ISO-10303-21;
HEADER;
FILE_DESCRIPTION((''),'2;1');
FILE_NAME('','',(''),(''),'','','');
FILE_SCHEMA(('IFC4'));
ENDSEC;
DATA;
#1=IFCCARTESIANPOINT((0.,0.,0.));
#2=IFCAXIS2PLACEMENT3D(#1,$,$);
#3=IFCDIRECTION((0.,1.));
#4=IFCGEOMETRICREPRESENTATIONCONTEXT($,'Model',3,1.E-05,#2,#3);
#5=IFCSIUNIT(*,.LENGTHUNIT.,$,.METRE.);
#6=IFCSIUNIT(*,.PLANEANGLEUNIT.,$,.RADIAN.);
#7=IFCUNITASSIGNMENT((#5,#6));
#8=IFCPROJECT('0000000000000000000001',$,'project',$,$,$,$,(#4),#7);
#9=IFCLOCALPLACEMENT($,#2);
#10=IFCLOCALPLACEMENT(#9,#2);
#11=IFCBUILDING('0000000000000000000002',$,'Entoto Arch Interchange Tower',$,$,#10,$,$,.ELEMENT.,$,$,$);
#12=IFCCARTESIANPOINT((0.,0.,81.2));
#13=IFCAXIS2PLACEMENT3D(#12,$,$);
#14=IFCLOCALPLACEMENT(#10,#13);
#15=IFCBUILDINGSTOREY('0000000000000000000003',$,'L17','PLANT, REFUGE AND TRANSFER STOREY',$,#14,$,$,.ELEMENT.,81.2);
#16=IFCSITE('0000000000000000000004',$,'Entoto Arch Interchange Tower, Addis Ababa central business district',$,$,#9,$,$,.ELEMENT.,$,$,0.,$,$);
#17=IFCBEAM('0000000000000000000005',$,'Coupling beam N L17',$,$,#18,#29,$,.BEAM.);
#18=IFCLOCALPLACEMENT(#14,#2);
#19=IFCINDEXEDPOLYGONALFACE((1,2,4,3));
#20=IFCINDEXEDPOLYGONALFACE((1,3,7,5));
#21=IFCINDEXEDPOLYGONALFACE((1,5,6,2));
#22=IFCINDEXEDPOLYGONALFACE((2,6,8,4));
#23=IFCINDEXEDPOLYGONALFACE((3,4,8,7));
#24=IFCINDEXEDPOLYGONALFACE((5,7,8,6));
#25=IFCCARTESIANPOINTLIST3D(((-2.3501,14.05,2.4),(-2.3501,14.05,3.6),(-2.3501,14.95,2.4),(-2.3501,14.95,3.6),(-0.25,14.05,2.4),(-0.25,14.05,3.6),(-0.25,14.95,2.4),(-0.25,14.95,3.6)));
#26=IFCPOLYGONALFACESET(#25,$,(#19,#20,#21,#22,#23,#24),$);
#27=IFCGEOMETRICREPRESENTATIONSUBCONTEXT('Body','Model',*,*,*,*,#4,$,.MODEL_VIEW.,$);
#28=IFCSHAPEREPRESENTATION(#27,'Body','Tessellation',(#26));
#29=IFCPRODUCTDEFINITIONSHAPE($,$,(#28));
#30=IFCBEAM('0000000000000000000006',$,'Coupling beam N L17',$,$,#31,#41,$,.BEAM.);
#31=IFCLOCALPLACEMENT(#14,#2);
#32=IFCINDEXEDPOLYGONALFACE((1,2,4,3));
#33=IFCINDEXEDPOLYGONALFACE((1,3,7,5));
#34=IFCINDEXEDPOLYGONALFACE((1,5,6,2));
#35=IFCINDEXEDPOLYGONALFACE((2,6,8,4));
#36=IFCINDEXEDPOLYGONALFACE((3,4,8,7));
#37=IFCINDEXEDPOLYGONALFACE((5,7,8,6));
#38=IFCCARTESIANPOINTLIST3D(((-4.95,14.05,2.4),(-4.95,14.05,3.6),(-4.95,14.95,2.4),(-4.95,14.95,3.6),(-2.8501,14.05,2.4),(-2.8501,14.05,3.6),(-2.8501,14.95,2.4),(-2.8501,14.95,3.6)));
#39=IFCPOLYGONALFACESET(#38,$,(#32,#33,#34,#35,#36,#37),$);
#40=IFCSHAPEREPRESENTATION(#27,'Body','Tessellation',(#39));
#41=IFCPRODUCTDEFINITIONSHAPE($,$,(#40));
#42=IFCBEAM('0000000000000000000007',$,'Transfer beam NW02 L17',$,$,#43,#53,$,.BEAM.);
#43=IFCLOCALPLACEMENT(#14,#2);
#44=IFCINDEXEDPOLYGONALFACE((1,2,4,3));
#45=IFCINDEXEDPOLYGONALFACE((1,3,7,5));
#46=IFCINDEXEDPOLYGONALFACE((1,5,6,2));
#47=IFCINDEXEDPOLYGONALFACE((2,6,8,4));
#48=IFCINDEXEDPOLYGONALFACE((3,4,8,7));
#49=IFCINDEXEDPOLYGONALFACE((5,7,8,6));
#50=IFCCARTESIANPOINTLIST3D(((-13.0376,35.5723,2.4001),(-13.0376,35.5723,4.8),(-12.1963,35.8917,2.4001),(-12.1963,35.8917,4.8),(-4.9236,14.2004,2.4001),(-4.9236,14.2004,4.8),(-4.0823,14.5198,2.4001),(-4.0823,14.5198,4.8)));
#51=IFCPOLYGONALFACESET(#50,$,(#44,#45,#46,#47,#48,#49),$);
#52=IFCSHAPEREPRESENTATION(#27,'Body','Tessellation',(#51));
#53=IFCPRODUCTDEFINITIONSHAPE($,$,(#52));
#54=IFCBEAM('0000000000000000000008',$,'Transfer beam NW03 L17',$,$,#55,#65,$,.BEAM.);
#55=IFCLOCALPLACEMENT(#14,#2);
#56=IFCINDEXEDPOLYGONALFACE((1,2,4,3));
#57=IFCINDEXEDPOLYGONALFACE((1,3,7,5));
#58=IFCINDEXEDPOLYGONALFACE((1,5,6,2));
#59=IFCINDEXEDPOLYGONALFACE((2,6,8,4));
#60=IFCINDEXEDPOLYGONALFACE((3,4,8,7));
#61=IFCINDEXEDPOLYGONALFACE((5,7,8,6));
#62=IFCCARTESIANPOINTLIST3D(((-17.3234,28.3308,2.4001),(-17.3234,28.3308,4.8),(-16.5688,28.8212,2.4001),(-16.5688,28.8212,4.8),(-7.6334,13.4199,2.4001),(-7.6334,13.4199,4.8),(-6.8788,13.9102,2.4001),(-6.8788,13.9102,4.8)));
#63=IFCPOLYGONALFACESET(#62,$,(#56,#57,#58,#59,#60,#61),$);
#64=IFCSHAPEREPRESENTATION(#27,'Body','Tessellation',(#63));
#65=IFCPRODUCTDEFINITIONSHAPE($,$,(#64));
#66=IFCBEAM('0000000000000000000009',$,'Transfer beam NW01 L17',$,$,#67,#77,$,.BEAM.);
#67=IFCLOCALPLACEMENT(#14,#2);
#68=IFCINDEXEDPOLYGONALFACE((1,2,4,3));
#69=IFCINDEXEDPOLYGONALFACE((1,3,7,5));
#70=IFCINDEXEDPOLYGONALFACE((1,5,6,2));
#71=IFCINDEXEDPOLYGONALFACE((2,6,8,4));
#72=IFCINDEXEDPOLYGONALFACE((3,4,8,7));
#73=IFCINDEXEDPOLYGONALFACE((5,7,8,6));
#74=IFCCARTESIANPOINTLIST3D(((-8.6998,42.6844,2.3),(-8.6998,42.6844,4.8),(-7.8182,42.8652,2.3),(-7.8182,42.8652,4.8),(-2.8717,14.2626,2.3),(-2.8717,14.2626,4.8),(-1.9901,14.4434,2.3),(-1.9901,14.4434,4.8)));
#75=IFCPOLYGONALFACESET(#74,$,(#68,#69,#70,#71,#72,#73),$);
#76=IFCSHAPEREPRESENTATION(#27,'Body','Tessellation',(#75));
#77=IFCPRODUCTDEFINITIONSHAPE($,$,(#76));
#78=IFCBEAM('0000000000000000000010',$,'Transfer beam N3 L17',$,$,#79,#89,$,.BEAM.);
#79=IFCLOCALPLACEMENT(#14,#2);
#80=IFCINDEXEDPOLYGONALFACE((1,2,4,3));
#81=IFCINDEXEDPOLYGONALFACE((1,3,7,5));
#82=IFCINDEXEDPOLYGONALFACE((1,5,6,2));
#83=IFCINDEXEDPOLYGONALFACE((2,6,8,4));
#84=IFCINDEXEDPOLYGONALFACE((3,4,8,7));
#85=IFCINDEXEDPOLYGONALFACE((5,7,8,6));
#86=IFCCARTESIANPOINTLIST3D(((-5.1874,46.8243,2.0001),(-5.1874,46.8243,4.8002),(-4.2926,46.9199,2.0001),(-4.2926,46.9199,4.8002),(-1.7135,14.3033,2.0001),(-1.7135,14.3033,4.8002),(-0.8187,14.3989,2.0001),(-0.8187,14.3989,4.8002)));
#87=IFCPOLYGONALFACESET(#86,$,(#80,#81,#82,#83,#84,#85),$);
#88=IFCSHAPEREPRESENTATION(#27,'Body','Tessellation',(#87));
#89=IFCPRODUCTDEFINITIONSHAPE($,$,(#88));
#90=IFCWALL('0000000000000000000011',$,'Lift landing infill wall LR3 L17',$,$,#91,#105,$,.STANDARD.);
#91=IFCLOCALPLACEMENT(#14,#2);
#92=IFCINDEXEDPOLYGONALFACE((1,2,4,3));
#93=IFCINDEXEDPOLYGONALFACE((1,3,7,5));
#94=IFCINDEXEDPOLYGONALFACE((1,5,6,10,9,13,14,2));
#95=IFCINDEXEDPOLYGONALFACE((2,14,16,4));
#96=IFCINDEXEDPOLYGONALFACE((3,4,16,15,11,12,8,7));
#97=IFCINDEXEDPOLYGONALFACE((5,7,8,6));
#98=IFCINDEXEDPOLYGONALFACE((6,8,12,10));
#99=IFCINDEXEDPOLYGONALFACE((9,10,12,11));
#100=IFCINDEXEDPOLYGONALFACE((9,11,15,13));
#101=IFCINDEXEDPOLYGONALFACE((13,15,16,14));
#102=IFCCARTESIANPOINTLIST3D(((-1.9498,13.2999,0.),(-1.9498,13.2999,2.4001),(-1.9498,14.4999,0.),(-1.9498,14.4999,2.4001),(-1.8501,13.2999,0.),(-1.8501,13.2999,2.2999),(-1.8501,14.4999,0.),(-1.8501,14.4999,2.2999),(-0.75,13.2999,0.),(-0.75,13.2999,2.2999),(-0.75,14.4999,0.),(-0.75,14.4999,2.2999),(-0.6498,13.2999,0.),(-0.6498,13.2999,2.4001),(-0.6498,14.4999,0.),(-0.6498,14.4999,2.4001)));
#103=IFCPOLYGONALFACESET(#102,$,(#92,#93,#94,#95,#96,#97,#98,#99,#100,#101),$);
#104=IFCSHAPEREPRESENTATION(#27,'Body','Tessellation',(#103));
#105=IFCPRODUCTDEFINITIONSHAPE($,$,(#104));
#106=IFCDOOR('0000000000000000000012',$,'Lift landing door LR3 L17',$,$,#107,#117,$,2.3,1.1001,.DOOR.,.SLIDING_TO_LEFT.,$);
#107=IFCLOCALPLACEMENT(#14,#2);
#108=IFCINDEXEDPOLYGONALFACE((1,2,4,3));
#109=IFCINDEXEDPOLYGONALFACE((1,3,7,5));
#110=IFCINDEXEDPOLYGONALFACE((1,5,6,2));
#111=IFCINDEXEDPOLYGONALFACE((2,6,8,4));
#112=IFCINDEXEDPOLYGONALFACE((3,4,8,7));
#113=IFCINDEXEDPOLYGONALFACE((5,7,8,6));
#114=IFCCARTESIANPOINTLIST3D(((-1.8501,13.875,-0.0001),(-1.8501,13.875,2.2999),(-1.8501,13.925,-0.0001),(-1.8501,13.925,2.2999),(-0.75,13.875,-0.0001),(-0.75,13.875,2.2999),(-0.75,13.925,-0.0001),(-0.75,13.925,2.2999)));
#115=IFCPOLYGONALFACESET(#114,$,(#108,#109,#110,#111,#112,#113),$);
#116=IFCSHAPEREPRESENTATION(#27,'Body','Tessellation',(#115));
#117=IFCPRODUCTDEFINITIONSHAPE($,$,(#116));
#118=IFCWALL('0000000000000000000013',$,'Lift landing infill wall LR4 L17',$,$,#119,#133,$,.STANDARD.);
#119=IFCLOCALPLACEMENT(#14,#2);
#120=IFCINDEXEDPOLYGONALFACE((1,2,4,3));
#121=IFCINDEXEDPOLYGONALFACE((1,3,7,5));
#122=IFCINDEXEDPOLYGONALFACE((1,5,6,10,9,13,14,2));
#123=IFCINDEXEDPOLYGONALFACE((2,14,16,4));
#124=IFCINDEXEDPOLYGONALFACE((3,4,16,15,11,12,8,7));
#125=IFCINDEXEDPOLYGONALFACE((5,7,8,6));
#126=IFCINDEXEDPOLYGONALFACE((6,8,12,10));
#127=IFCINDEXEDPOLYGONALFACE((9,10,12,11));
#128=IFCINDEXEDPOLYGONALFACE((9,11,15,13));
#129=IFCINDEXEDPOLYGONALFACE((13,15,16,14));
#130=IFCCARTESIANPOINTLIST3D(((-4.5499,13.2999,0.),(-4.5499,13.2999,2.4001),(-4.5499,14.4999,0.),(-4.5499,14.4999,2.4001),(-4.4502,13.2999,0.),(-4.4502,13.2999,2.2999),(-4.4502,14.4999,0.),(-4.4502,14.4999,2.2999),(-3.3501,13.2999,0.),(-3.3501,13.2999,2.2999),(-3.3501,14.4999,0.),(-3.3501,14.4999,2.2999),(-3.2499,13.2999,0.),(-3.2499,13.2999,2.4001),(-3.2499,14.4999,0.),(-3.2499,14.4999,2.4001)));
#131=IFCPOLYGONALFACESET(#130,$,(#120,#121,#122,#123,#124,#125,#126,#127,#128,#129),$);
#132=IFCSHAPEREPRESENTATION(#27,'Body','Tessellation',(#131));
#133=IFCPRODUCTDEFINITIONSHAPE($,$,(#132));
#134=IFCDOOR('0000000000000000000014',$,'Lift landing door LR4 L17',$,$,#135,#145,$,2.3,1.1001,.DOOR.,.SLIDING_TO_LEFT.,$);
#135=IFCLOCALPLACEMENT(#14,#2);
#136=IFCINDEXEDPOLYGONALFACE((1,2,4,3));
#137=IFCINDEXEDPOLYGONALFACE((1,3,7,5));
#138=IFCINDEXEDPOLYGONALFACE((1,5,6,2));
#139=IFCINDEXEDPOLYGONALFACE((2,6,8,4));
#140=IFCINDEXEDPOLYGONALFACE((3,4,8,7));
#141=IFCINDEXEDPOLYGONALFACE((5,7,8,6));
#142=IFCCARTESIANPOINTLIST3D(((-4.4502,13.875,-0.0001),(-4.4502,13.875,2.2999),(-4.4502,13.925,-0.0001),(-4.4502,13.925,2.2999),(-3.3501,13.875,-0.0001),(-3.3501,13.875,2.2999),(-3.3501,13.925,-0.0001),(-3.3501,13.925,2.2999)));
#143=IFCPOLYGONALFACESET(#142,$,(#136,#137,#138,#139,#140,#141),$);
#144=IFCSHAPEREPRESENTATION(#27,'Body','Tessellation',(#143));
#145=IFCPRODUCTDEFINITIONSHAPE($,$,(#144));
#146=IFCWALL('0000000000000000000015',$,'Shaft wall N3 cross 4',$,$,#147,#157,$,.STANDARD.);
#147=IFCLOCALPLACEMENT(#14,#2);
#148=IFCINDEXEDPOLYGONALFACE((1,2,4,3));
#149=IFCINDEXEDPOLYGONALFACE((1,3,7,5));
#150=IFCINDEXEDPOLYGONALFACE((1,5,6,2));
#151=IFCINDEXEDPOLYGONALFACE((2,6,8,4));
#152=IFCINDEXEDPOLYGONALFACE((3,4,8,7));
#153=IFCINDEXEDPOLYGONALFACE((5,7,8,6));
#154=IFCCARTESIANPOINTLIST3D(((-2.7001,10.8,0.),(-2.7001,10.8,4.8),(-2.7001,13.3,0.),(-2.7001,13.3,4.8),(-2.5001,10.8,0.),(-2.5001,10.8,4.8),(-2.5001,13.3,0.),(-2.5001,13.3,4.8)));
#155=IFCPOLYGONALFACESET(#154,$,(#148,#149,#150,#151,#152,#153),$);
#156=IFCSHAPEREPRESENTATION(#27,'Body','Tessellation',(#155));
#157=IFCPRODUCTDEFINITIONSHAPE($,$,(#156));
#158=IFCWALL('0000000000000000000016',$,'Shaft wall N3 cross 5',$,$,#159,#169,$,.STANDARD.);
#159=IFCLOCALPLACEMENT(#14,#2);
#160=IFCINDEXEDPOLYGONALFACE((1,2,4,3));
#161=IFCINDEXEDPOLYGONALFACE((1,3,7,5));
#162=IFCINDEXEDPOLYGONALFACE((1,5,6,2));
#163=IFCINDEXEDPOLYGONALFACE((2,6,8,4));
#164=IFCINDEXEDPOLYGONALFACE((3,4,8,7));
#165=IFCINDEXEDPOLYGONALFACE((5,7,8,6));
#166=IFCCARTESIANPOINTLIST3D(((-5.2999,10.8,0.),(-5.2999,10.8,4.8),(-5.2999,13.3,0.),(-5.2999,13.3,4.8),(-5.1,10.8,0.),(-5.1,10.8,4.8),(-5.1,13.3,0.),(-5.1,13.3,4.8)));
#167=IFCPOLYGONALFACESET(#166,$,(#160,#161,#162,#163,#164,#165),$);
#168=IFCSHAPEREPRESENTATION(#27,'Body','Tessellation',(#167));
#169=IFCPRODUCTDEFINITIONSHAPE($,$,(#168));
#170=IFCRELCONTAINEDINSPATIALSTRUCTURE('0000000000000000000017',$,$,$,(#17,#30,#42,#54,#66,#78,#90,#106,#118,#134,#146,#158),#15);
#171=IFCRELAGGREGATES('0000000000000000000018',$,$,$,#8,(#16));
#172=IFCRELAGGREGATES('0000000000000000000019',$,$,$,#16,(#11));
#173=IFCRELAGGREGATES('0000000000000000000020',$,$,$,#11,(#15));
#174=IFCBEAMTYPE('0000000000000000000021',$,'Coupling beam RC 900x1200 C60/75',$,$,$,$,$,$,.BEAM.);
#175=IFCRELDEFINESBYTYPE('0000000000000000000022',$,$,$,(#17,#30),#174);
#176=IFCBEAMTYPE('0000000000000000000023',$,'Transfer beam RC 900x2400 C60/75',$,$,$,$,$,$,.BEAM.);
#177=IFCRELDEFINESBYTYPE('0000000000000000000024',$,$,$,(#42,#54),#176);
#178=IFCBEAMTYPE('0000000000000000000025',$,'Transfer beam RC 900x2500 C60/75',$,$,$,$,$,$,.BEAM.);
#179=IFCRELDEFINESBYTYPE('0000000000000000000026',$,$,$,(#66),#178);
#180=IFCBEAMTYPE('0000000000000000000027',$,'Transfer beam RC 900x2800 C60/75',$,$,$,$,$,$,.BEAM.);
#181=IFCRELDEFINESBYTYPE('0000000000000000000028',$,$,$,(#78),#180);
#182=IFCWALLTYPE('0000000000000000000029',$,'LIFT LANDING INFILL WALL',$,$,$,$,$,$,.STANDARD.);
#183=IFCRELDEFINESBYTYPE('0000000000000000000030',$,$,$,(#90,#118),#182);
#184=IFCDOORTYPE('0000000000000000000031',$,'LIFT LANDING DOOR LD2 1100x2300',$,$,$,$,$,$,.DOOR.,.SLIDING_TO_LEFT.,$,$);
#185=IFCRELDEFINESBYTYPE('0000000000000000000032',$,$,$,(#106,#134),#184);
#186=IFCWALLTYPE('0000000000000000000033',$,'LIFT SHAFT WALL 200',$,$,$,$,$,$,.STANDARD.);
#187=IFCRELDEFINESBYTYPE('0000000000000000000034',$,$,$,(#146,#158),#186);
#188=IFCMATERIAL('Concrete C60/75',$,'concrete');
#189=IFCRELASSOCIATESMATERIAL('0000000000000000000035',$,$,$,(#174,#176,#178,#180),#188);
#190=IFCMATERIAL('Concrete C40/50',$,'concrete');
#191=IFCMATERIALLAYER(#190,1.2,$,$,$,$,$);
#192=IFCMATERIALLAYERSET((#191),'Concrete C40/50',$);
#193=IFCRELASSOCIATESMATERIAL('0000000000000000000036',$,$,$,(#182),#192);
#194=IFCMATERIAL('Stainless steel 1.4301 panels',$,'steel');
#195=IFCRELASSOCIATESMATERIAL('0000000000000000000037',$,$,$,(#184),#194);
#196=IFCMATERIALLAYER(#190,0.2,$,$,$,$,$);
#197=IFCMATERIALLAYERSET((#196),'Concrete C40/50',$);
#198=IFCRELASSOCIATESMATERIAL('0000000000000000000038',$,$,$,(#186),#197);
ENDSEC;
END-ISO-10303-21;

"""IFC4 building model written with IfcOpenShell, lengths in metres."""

from ifc_helpers import new_model, si_unit, direction, frame, frame_2d, origin, origin_2d, place, context, subcontext, project, spatial, rectangle, extrude, material, layer, layer_set, material_profile, profile_set, type_object, element, fill, save


model = new_model("IFC4")

# Units and contexts
model_context = context("Model", 3, precision=1e-05, world=origin(), true_north=direction((0.0, 1.0)))
body_context = subcontext(model_context, "Body", "Model", "MODEL_VIEW")
ifc_project = project(units=[si_unit("LENGTHUNIT", "METRE"), si_unit("PLANEANGLEUNIT", "RADIAN")], contexts=[model_context])

# Site, building, storey
site_placement = place(None, origin())
site = spatial("IfcSite", under=ifc_project, at=site_placement, Name="Entoto Arch Interchange Tower, Addis Ababa central business district", CompositionType="ELEMENT", RefElevation=0.0)
building_placement = place(site_placement, origin())
building = spatial("IfcBuilding", under=site, at=building_placement, Name="Entoto Arch Interchange Tower", CompositionType="ELEMENT")
storey_placement = place(building_placement, frame((0.0, 0.0, 81.2)))
storey = spatial("IfcBuildingStorey", under=building, at=storey_placement, Name="L17", Description="PLANT, REFUGE AND TRANSFER STOREY", CompositionType="ELEMENT", Elevation=81.2)

# Beams
ifc_material_1 = material(Name="Concrete C60/75", Category="concrete")
ifc_material_profile_1 = material_profile(ifc_material_1, rectangle(XDim=0.8999, YDim=1.2, at=origin_2d()))
ifc_profile_set_1 = profile_set([ifc_material_profile_1], Name="Concrete C60/75")
beam_type_1 = type_object("IfcBeamType", Name="Coupling beam RC 900x1200 C60/75", PredefinedType="BEAM", material=ifc_profile_set_1)
beam_1_placement = place(storey_placement, frame((-0.25, 14.5, 3.0), z_axis=(-1.0, 0.0, 0.0), x_axis=(0.0, -1.0, 0.0)))
element("IfcBeam", 1, at=beam_1_placement, inside=storey, type_object=beam_type_1, Name="Coupling beam N L17", PredefinedType="BEAM", context=body_context, shape_type="SweptSolid", body=[
    extrude(rectangle(XDim=0.8999, YDim=1.2, at=origin_2d()), origin(), (0.0, 0.0, 1.0), 2.1001),
])
beam_2_placement = place(storey_placement, frame((-2.8501, 14.5, 3.0), z_axis=(-1.0, 0.0, 0.0), x_axis=(0.0, -1.0, 0.0)))
element("IfcBeam", 2, at=beam_2_placement, inside=storey, type_object=beam_type_1, Name="Coupling beam N L17", PredefinedType="BEAM", context=body_context, shape_type="SweptSolid", body=[
    extrude(rectangle(XDim=0.8999, YDim=1.2, at=origin_2d()), origin(), (0.0, 0.0, 1.0), 2.0999),
])
ifc_material_profile_2 = material_profile(ifc_material_1, rectangle(XDim=0.8999, YDim=2.3999, at=origin_2d()))
ifc_profile_set_2 = profile_set([ifc_material_profile_2], Name="Concrete C60/75")
beam_type_2 = type_object("IfcBeamType", Name="Transfer beam RC 900x2400 C60/75", PredefinedType="BEAM", material=ifc_profile_set_2)
beam_3_placement = place(storey_placement, frame((-4.5029, 14.3601, 3.6001), z_axis=(-0.354939, 0.934889, 0.0), x_axis=(-0.934889, -0.354939, 0.0)))
element("IfcBeam", 3, at=beam_3_placement, inside=storey, type_object=beam_type_2, Name="Transfer beam NW02 L17", PredefinedType="BEAM", context=body_context, shape_type="SweptSolid", body=[
    extrude(rectangle(XDim=0.8999, YDim=2.3999, at=origin_2d()), origin(), (0.0, 0.0, 1.0), 22.8604),
])
beam_4_placement = place(storey_placement, frame((-7.2561, 13.665, 3.6001), z_axis=(-0.544904, 0.838499, 0.0), x_axis=(-0.838499, -0.544904, 0.0)))
element("IfcBeam", 4, at=beam_4_placement, inside=storey, type_object=beam_type_2, Name="Transfer beam NW03 L17", PredefinedType="BEAM", context=body_context, shape_type="SweptSolid", body=[
    extrude(rectangle(XDim=0.8999, YDim=2.3999, at=origin_2d()), origin(), (0.0, 0.0, 1.0), 17.783),
])
ifc_material_profile_3 = material_profile(ifc_material_1, rectangle(XDim=0.8999, YDim=2.5, at=origin_2d()))
ifc_profile_set_3 = profile_set([ifc_material_profile_3], Name="Concrete C60/75")
beam_type_3 = type_object("IfcBeamType", Name="Transfer beam RC 900x2500 C60/75", PredefinedType="BEAM", material=ifc_profile_set_3)
beam_5_placement = place(storey_placement, frame((-2.4309, 14.353, 3.55), z_axis=(-0.200878, 0.979616, 0.0), x_axis=(-0.979616, -0.200878, 0.0)))
element("IfcBeam", 5, at=beam_5_placement, inside=storey, type_object=beam_type_3, Name="Transfer beam NW01 L17", PredefinedType="BEAM", context=body_context, shape_type="SweptSolid", body=[
    extrude(rectangle(XDim=0.8999, YDim=2.5, at=origin_2d()), origin(), (0.0, 0.0, 1.0), 29.0132),
])
ifc_material_profile_4 = material_profile(ifc_material_1, rectangle(XDim=0.8999, YDim=2.8, at=origin_2d()))
ifc_profile_set_4 = profile_set([ifc_material_profile_4], Name="Concrete C60/75")
beam_type_4 = type_object("IfcBeamType", Name="Transfer beam RC 900x2800 C60/75", PredefinedType="BEAM", material=ifc_profile_set_4)
beam_6_placement = place(storey_placement, frame((-1.2661, 14.3511, 3.4001), z_axis=(-0.106215, 0.994343, 0.0), x_axis=(-0.994343, -0.106215, 0.0)))
element("IfcBeam", 6, at=beam_6_placement, inside=storey, type_object=beam_type_4, Name="Transfer beam N3 L17", PredefinedType="BEAM", context=body_context, shape_type="SweptSolid", body=[
    extrude(rectangle(XDim=0.8999, YDim=2.8, at=origin_2d()), origin(), (0.0, 0.0, 1.0), 32.7061),
])

# Walls, openings, doors
ifc_material_2 = material(Name="Concrete C40/50", Category="concrete")
ifc_layer_1 = layer(ifc_material_2, 1.2)
ifc_layer_set_1 = layer_set([ifc_layer_1], Name="Concrete C40/50")
wall_type_1 = type_object("IfcWallType", Name="LIFT LANDING INFILL WALL", PredefinedType="STANDARD", material=ifc_layer_set_1)
wall_1_placement = place(storey_placement, frame((-0.6499, 13.8999, 0.0), z_axis=(0.0, 0.0, 1.0), x_axis=(-1.0, 0.0, 0.0)))
wall_1 = element("IfcWall", 7, at=wall_1_placement, inside=storey, type_object=wall_type_1, Name="Lift landing infill wall LR3 L17", PredefinedType="STANDARD", context=body_context, shape_type="SweptSolid", body=[
    extrude(rectangle(XDim=1.3, YDim=1.2, at=frame_2d((0.6499, 0.0))), origin(), (0.0, 0.0, 1.0), 2.4001),
])
opening_1_placement = place(wall_1_placement, frame((0.1001, 0.0, 0.0)))
opening_1 = element("IfcOpeningElement", 8, at=opening_1_placement, cuts=wall_1, PredefinedType="OPENING", context=body_context, shape_type="SweptSolid", body=[
    extrude(rectangle(XDim=1.1001, YDim=2.3, at=frame_2d((0.55, 1.1499))), frame((0.0, 0.6099, 0.0), z_axis=(0.0, -1.0, 0.0), x_axis=(1.0, 0.0, 0.0)), (0.0, 0.0, 1.0), 1.22),
])
ifc_material_3 = material(Name="Stainless steel 1.4301 panels", Category="steel")
door_type_1 = type_object("IfcDoorType", Name="LIFT LANDING DOOR LD2 1100x2300", OperationType="SLIDING_TO_LEFT", PredefinedType="DOOR", material=ifc_material_3)
door_1_placement = place(opening_1_placement, origin())
door_1 = element("IfcDoor", 9, at=door_1_placement, inside=storey, type_object=door_type_1, Name="Lift landing door LR3 L17", OperationType="SLIDING_TO_LEFT", OverallHeight=2.3, OverallWidth=1.1001, PredefinedType="DOOR", context=body_context, shape_type="SweptSolid", body=[
    extrude(rectangle(XDim=1.1001, YDim=2.3, at=frame_2d((0.55, 1.1499))), frame((0.0, 0.0249, 0.0), z_axis=(0.0, -1.0, 0.0), x_axis=(1.0, 0.0, 0.0)), (0.0, 0.0, 1.0), 0.05),
])
fill(opening_1, door_1)
wall_2_placement = place(storey_placement, frame((-3.25, 13.8999, 0.0), z_axis=(0.0, 0.0, 1.0), x_axis=(-1.0, 0.0, 0.0)))
wall_2 = element("IfcWall", 10, at=wall_2_placement, inside=storey, type_object=wall_type_1, Name="Lift landing infill wall LR4 L17", PredefinedType="STANDARD", context=body_context, shape_type="SweptSolid", body=[
    extrude(rectangle(XDim=1.3, YDim=1.2, at=frame_2d((0.6499, 0.0))), origin(), (0.0, 0.0, 1.0), 2.4001),
])
opening_2_placement = place(wall_2_placement, frame((0.1001, 0.0, 0.0)))
opening_2 = element("IfcOpeningElement", 11, at=opening_2_placement, cuts=wall_2, PredefinedType="OPENING", context=body_context, shape_type="SweptSolid", body=[
    extrude(rectangle(XDim=1.1001, YDim=2.3, at=frame_2d((0.55, 1.1499))), frame((0.0, 0.6099, 0.0), z_axis=(0.0, -1.0, 0.0), x_axis=(1.0, 0.0, 0.0)), (0.0, 0.0, 1.0), 1.22),
])
door_2_placement = place(opening_2_placement, origin())
door_2 = element("IfcDoor", 12, at=door_2_placement, inside=storey, type_object=door_type_1, Name="Lift landing door LR4 L17", OperationType="SLIDING_TO_LEFT", OverallHeight=2.3, OverallWidth=1.1001, PredefinedType="DOOR", context=body_context, shape_type="SweptSolid", body=[
    extrude(rectangle(XDim=1.1001, YDim=2.3, at=frame_2d((0.55, 1.1499))), frame((0.0, 0.0249, 0.0), z_axis=(0.0, -1.0, 0.0), x_axis=(1.0, 0.0, 0.0)), (0.0, 0.0, 1.0), 0.05),
])
fill(opening_2, door_2)

# Walls
ifc_layer_2 = layer(ifc_material_2, 0.2)
ifc_layer_set_2 = layer_set([ifc_layer_2], Name="Concrete C40/50")
wall_type_2 = type_object("IfcWallType", Name="LIFT SHAFT WALL 200", PredefinedType="STANDARD", material=ifc_layer_set_2)
for number, where, z_axis, x_axis, name in (
    (13, (-2.6001, 10.8, 0.0), (0.0, 0.0, 1.0), (0.0, 1.0, 0.0), "Shaft wall N3 cross 4"),
    (14, (-5.2, 10.8, 0.0), (0.0, 0.0, 1.0), (0.0, 1.0, 0.0), "Shaft wall N3 cross 5"),
):
    element("IfcWall", number, at=place(storey_placement, frame(where, z_axis=z_axis, x_axis=x_axis)), inside=storey, type_object=wall_type_2, Name=name, PredefinedType="STANDARD", context=body_context, shape_type="SweptSolid", body=[
        extrude(rectangle(XDim=2.5, YDim=0.2, at=frame_2d((1.25, 0.0))), origin(), (0.0, 0.0, 1.0), 4.8),
    ])

save(model, "model.ifc")
